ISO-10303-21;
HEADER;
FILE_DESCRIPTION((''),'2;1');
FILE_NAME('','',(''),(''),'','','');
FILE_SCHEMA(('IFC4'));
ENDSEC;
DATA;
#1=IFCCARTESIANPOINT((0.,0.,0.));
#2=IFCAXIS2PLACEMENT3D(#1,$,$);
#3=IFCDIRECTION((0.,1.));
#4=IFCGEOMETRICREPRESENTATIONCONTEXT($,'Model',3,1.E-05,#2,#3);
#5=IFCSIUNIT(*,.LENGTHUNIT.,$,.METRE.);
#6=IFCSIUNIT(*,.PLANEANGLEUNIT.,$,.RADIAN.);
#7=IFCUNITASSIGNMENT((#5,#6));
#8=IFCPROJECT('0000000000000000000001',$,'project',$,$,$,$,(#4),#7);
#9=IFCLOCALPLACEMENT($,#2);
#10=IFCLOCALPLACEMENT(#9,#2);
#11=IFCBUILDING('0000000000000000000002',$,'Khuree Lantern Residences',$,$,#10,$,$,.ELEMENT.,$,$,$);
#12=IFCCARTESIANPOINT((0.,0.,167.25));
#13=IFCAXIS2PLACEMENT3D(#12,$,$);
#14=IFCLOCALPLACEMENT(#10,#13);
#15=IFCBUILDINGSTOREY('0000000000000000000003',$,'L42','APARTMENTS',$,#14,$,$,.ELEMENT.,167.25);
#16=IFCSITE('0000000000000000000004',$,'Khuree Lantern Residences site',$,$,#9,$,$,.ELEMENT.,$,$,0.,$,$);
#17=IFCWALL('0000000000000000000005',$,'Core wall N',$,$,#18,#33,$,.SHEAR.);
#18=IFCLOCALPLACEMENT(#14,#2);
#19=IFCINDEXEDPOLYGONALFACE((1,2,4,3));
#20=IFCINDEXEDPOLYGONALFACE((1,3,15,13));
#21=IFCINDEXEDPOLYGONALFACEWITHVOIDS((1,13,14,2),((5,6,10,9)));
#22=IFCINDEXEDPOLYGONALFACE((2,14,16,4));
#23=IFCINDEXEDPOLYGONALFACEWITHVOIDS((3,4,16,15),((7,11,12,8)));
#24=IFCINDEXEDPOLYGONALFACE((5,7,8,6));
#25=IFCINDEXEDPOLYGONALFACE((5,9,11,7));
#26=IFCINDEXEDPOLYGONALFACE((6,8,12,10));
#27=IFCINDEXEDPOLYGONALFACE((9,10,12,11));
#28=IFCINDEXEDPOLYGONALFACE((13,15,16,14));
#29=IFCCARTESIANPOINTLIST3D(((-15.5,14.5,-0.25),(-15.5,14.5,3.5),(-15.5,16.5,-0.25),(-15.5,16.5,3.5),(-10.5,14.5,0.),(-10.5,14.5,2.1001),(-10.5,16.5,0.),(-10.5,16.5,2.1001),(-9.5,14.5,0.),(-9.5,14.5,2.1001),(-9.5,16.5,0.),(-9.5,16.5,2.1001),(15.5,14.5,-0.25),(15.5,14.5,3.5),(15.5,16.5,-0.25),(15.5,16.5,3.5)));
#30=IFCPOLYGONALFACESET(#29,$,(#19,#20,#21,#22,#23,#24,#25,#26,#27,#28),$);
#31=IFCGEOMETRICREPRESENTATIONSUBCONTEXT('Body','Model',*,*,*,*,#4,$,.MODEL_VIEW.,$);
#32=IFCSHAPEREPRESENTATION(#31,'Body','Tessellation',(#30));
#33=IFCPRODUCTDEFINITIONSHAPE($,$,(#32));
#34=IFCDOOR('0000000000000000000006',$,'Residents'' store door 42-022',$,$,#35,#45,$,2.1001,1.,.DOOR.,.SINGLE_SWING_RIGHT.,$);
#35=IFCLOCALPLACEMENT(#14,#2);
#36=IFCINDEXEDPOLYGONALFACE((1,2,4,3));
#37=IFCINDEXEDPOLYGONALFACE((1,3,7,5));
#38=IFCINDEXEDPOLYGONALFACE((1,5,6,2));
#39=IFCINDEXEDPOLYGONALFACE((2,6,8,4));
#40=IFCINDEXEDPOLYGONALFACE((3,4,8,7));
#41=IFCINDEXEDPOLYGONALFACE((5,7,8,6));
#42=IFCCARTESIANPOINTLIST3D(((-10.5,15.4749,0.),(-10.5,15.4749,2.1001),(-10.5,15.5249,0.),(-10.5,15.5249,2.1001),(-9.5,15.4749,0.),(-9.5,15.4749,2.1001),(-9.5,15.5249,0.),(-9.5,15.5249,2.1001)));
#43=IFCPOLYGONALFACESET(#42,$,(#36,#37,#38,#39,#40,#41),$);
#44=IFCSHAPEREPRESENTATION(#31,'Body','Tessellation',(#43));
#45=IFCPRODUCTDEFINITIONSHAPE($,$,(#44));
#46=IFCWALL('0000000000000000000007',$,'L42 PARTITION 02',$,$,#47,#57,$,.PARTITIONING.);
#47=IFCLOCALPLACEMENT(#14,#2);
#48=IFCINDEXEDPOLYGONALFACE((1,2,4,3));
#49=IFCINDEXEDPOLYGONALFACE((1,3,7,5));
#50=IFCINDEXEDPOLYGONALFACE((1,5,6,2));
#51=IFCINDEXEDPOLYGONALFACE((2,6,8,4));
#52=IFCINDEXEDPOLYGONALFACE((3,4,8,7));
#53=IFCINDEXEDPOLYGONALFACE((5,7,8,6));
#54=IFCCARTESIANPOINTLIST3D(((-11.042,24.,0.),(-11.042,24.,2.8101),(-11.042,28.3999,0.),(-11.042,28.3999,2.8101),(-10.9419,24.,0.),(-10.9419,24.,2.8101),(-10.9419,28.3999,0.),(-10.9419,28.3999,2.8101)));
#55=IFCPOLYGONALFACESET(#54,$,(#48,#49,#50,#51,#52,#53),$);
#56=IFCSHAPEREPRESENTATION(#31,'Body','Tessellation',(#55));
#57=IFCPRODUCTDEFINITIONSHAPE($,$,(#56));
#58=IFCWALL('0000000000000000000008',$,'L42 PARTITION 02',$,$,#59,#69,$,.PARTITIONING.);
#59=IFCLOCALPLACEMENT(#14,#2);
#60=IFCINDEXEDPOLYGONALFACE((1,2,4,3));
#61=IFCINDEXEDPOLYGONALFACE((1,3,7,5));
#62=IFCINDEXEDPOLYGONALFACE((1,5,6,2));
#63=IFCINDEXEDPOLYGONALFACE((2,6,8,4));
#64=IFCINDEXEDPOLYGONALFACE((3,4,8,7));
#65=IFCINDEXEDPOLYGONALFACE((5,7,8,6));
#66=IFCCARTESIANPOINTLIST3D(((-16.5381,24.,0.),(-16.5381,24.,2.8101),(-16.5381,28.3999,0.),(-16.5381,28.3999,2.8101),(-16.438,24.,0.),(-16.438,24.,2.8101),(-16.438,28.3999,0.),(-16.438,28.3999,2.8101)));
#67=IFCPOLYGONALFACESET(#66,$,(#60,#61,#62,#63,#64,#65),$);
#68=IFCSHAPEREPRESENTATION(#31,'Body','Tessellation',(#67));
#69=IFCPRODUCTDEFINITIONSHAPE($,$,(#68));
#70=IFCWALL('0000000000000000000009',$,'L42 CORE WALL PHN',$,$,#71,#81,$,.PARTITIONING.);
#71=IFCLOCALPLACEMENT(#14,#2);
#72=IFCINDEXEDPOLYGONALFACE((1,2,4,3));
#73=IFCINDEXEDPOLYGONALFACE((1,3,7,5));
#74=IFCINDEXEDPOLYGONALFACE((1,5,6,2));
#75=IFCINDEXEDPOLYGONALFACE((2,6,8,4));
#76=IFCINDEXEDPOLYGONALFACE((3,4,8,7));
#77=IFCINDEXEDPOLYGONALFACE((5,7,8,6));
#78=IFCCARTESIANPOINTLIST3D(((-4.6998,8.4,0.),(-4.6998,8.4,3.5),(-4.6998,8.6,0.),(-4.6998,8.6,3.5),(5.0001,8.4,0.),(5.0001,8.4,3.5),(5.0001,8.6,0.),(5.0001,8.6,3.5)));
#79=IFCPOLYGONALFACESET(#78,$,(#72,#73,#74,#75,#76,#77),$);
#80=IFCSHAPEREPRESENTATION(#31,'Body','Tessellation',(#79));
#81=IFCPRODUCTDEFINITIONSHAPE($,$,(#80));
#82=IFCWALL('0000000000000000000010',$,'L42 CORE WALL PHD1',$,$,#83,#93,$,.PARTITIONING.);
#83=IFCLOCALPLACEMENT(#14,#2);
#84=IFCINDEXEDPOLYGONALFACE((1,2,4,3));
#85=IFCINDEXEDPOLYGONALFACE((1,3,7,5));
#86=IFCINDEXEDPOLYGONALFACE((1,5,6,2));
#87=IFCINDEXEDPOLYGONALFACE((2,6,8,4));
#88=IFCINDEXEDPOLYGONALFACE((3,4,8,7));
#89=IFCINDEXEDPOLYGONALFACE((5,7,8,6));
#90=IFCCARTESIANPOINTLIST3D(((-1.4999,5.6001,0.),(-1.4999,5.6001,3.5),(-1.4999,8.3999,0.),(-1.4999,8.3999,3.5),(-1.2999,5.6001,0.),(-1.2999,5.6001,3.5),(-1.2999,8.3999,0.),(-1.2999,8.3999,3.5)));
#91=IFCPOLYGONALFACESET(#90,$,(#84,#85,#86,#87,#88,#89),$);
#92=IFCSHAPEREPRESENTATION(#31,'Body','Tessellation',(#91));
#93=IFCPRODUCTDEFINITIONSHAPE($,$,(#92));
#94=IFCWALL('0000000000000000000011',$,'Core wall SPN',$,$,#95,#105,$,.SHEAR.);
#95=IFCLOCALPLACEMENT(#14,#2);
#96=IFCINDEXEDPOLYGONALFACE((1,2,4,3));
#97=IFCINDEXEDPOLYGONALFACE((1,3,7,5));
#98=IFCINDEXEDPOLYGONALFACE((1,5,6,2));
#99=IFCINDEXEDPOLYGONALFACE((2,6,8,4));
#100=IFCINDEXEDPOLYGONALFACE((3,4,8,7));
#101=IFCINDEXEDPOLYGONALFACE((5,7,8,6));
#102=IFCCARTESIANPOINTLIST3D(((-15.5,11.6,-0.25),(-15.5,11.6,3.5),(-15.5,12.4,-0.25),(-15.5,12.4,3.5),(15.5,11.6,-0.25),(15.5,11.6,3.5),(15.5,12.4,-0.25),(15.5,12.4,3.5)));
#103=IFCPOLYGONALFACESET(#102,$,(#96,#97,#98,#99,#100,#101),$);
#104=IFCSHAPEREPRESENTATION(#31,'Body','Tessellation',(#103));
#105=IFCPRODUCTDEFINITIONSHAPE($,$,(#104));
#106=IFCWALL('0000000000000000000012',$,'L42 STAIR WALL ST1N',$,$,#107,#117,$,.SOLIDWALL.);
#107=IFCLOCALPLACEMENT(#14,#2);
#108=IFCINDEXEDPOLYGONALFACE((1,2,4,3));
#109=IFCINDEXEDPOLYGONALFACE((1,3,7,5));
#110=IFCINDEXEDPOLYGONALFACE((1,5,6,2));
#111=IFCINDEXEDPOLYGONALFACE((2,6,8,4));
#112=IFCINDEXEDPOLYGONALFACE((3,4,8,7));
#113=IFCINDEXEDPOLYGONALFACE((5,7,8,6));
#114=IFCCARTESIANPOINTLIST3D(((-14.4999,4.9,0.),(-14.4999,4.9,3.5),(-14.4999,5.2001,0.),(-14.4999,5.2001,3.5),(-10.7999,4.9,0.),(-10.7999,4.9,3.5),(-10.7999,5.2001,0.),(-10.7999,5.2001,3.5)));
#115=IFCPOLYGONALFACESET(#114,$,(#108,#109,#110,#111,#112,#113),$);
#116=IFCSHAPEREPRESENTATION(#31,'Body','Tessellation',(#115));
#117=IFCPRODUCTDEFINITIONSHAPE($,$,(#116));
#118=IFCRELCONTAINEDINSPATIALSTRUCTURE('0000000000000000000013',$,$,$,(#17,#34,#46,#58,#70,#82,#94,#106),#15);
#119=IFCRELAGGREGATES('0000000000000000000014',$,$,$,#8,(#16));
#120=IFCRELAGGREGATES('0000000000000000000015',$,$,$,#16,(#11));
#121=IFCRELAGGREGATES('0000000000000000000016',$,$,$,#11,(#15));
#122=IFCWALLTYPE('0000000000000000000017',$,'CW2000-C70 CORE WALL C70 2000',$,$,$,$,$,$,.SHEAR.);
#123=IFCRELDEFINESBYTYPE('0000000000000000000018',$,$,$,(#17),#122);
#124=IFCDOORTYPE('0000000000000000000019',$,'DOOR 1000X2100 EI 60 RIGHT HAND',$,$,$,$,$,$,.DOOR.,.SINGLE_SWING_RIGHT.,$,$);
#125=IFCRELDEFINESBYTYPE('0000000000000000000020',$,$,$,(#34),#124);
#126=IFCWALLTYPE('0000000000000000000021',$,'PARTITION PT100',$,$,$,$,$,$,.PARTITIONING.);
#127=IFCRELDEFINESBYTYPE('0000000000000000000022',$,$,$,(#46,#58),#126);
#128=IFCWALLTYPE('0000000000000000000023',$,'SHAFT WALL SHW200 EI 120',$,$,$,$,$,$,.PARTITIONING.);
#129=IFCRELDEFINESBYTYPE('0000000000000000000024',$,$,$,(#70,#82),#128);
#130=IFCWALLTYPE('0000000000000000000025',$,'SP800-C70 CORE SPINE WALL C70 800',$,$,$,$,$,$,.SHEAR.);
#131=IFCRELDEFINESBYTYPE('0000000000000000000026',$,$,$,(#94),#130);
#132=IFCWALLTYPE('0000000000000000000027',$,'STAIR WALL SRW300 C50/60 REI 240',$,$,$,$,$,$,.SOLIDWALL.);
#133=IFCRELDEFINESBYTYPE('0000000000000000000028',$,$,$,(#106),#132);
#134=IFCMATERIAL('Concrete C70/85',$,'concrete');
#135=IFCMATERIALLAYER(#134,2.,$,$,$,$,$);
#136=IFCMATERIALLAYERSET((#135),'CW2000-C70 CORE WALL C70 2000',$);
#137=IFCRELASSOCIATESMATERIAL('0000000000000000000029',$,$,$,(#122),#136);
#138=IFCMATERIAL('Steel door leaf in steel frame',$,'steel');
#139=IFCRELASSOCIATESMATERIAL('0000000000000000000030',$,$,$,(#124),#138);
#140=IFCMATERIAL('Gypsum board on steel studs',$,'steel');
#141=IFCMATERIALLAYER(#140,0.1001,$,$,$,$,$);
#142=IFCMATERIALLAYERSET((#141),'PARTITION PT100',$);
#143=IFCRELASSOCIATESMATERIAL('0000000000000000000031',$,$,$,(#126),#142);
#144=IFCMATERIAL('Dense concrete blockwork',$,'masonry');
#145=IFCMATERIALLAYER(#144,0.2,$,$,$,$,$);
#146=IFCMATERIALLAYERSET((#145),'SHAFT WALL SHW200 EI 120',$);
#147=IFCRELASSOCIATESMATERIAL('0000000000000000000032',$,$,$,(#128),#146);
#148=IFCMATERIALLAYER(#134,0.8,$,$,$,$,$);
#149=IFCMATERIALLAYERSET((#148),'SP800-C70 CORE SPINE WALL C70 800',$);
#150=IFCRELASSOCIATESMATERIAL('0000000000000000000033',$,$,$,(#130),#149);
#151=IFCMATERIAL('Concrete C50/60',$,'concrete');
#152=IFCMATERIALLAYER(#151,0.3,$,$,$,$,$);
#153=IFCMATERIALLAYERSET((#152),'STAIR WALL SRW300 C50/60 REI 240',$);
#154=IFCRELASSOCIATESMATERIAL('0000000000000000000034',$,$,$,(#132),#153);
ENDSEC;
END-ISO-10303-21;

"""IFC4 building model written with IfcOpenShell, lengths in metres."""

from ifc_helpers import new_model, si_unit, direction, frame, frame_2d, origin, place, context, subcontext, project, spatial, rectangle, extrude, material, layer, layer_set, type_object, element, fill, save


model = new_model("IFC4")

# Units and contexts
model_context = context("Model", 3, precision=1e-05, world=origin(), true_north=direction((0.0, 1.0)))
body_context = subcontext(model_context, "Body", "Model", "MODEL_VIEW")
ifc_project = project(units=[si_unit("LENGTHUNIT", "METRE"), si_unit("PLANEANGLEUNIT", "RADIAN")], contexts=[model_context])

# Site, building, storey
site_placement = place(None, origin())
site = spatial("IfcSite", under=ifc_project, at=site_placement, Name="Khuree Lantern Residences site", CompositionType="ELEMENT", RefElevation=0.0)
building_placement = place(site_placement, origin())
building = spatial("IfcBuilding", under=site, at=building_placement, Name="Khuree Lantern Residences", CompositionType="ELEMENT")
storey_placement = place(building_placement, frame((0.0, 0.0, 167.25)))
storey = spatial("IfcBuildingStorey", under=building, at=storey_placement, Name="L42", Description="APARTMENTS", CompositionType="ELEMENT", Elevation=167.25)

# Shared definitions
ifc_material_1 = material(Name="Concrete C70/85", Category="concrete")

# Shared definitions
ifc_material_2 = material(Name="Dense concrete blockwork", Category="masonry")

# Shared definitions
ifc_material_3 = material(Name="Steel door leaf in steel frame", Category="steel")

# Shared definitions
ifc_material_4 = material(Name="Gypsum board on steel studs", Category="steel")

# Wall, opening, door
ifc_layer_1 = layer(ifc_material_1, 2.0)
ifc_layer_set_1 = layer_set([ifc_layer_1], Name="CW2000-C70 CORE WALL C70 2000")
wall_type_1 = type_object("IfcWallType", Name="CW2000-C70 CORE WALL C70 2000", PredefinedType="SHEAR", material=ifc_layer_set_1)
wall_1_placement = place(storey_placement, frame((-15.5, 15.5, -0.25), z_axis=(0.0, 0.0, 1.0), x_axis=(1.0, 0.0, 0.0)))
wall_1 = element("IfcWall", 1, at=wall_1_placement, inside=storey, type_object=wall_type_1, Name="Core wall N", PredefinedType="SHEAR", context=body_context, shape_type="SweptSolid", body=[
    extrude(rectangle(XDim=31.0, YDim=2.0, at=frame_2d((15.5, 0.0))), origin(), (0.0, 0.0, 1.0), 3.75),
])
opening_1_placement = place(wall_1_placement, frame((5.0, 0.0, 0.25)))
opening_1 = element("IfcOpeningElement", 2, at=opening_1_placement, cuts=wall_1, PredefinedType="OPENING", context=body_context, shape_type="SweptSolid", body=[
    extrude(rectangle(XDim=1.0, YDim=2.1001, at=frame_2d((0.5, 1.05))), frame((0.0, 1.01, 0.0), z_axis=(0.0, -1.0, 0.0), x_axis=(1.0, 0.0, 0.0)), (0.0, 0.0, 1.0), 2.02),
])
door_type_1 = type_object("IfcDoorType", Name="DOOR 1000X2100 EI 60 RIGHT HAND", OperationType="SINGLE_SWING_RIGHT", PredefinedType="DOOR", material=ifc_material_3)
door_1_placement = place(opening_1_placement, origin())
door_1 = element("IfcDoor", 3, at=door_1_placement, inside=storey, type_object=door_type_1, Name="Residents' store door 42-022", OperationType="SINGLE_SWING_RIGHT", OverallHeight=2.1001, OverallWidth=1.0, PredefinedType="DOOR", context=body_context, shape_type="SweptSolid", body=[
    extrude(rectangle(XDim=1.0, YDim=2.1001, at=frame_2d((0.5, 1.05))), frame((0.0, 0.0249, 0.0), z_axis=(0.0, -1.0, 0.0), x_axis=(1.0, 0.0, 0.0)), (0.0, 0.0, 1.0), 0.05),
])
fill(opening_1, door_1)

# Walls
ifc_layer_2 = layer(ifc_material_4, 0.1001)
ifc_layer_set_2 = layer_set([ifc_layer_2], Name="PARTITION PT100")
wall_type_2 = type_object("IfcWallType", Name="PARTITION PT100", PredefinedType="PARTITIONING", material=ifc_layer_set_2)
for number, where, z_axis, x_axis, name in (
    (4, (-10.9919, 24.0, 0.0), (0.0, 0.0, 1.0), (0.0, 1.0, 0.0), "L42 PARTITION 02"),
    (5, (-16.488, 24.0, 0.0), (0.0, 0.0, 1.0), (0.0, 1.0, 0.0), "L42 PARTITION 02"),
):
    element("IfcWall", number, at=place(storey_placement, frame(where, z_axis=z_axis, x_axis=x_axis)), inside=storey, type_object=wall_type_2, Name=name, PredefinedType="PARTITIONING", context=body_context, shape_type="SweptSolid", body=[
        extrude(rectangle(XDim=4.3999, YDim=0.1001, at=frame_2d((2.2, 0.0))), origin(), (0.0, 0.0, 1.0), 2.8101),
    ])
ifc_layer_3 = layer(ifc_material_2, 0.2)
ifc_layer_set_3 = layer_set([ifc_layer_3], Name="SHAFT WALL SHW200 EI 120")
wall_type_3 = type_object("IfcWallType", Name="SHAFT WALL SHW200 EI 120", PredefinedType="PARTITIONING", material=ifc_layer_set_3)
wall_2_placement = place(storey_placement, frame((-4.7, 8.5, 0.0), z_axis=(0.0, 0.0, 1.0), x_axis=(1.0, 0.0, 0.0)))
element("IfcWall", 6, at=wall_2_placement, inside=storey, type_object=wall_type_3, Name="L42 CORE WALL PHN", PredefinedType="PARTITIONING", context=body_context, shape_type="SweptSolid", body=[
    extrude(rectangle(XDim=9.7, YDim=0.2, at=frame_2d((4.8501, 0.0))), origin(), (0.0, 0.0, 1.0), 3.5),
])
wall_3_placement = place(storey_placement, frame((-1.3999, 5.6001, 0.0), z_axis=(0.0, 0.0, 1.0), x_axis=(0.0, 1.0, 0.0)))
element("IfcWall", 7, at=wall_3_placement, inside=storey, type_object=wall_type_3, Name="L42 CORE WALL PHD1", PredefinedType="PARTITIONING", context=body_context, shape_type="SweptSolid", body=[
    extrude(rectangle(XDim=2.7998, YDim=0.2, at=frame_2d((1.3999, 0.0))), origin(), (0.0, 0.0, 1.0), 3.5),
])
ifc_layer_4 = layer(ifc_material_1, 0.8)
ifc_layer_set_4 = layer_set([ifc_layer_4], Name="SP800-C70 CORE SPINE WALL C70 800")
wall_type_4 = type_object("IfcWallType", Name="SP800-C70 CORE SPINE WALL C70 800", PredefinedType="SHEAR", material=ifc_layer_set_4)
wall_4_placement = place(storey_placement, frame((-15.5, 12.0, -0.25), z_axis=(0.0, 0.0, 1.0), x_axis=(1.0, 0.0, 0.0)))
element("IfcWall", 8, at=wall_4_placement, inside=storey, type_object=wall_type_4, Name="Core wall SPN", PredefinedType="SHEAR", context=body_context, shape_type="SweptSolid", body=[
    extrude(rectangle(XDim=31.0, YDim=0.8, at=frame_2d((15.5, 0.0))), origin(), (0.0, 0.0, 1.0), 3.75),
])
ifc_material_5 = material(Name="Concrete C50/60", Category="concrete")
ifc_layer_5 = layer(ifc_material_5, 0.3)
ifc_layer_set_5 = layer_set([ifc_layer_5], Name="STAIR WALL SRW300 C50/60 REI 240")
wall_type_5 = type_object("IfcWallType", Name="STAIR WALL SRW300 C50/60 REI 240", PredefinedType="SOLIDWALL", material=ifc_layer_set_5)
wall_5_placement = place(storey_placement, frame((-14.5, 5.05, 0.0), z_axis=(0.0, 0.0, 1.0), x_axis=(1.0, 0.0, 0.0)))
element("IfcWall", 9, at=wall_5_placement, inside=storey, type_object=wall_type_5, Name="L42 STAIR WALL ST1N", PredefinedType="SOLIDWALL", context=body_context, shape_type="SweptSolid", body=[
    extrude(rectangle(XDim=3.7, YDim=0.3, at=frame_2d((1.8501, 0.0))), origin(), (0.0, 0.0, 1.0), 3.5),
])

save(model, "model.ifc")
